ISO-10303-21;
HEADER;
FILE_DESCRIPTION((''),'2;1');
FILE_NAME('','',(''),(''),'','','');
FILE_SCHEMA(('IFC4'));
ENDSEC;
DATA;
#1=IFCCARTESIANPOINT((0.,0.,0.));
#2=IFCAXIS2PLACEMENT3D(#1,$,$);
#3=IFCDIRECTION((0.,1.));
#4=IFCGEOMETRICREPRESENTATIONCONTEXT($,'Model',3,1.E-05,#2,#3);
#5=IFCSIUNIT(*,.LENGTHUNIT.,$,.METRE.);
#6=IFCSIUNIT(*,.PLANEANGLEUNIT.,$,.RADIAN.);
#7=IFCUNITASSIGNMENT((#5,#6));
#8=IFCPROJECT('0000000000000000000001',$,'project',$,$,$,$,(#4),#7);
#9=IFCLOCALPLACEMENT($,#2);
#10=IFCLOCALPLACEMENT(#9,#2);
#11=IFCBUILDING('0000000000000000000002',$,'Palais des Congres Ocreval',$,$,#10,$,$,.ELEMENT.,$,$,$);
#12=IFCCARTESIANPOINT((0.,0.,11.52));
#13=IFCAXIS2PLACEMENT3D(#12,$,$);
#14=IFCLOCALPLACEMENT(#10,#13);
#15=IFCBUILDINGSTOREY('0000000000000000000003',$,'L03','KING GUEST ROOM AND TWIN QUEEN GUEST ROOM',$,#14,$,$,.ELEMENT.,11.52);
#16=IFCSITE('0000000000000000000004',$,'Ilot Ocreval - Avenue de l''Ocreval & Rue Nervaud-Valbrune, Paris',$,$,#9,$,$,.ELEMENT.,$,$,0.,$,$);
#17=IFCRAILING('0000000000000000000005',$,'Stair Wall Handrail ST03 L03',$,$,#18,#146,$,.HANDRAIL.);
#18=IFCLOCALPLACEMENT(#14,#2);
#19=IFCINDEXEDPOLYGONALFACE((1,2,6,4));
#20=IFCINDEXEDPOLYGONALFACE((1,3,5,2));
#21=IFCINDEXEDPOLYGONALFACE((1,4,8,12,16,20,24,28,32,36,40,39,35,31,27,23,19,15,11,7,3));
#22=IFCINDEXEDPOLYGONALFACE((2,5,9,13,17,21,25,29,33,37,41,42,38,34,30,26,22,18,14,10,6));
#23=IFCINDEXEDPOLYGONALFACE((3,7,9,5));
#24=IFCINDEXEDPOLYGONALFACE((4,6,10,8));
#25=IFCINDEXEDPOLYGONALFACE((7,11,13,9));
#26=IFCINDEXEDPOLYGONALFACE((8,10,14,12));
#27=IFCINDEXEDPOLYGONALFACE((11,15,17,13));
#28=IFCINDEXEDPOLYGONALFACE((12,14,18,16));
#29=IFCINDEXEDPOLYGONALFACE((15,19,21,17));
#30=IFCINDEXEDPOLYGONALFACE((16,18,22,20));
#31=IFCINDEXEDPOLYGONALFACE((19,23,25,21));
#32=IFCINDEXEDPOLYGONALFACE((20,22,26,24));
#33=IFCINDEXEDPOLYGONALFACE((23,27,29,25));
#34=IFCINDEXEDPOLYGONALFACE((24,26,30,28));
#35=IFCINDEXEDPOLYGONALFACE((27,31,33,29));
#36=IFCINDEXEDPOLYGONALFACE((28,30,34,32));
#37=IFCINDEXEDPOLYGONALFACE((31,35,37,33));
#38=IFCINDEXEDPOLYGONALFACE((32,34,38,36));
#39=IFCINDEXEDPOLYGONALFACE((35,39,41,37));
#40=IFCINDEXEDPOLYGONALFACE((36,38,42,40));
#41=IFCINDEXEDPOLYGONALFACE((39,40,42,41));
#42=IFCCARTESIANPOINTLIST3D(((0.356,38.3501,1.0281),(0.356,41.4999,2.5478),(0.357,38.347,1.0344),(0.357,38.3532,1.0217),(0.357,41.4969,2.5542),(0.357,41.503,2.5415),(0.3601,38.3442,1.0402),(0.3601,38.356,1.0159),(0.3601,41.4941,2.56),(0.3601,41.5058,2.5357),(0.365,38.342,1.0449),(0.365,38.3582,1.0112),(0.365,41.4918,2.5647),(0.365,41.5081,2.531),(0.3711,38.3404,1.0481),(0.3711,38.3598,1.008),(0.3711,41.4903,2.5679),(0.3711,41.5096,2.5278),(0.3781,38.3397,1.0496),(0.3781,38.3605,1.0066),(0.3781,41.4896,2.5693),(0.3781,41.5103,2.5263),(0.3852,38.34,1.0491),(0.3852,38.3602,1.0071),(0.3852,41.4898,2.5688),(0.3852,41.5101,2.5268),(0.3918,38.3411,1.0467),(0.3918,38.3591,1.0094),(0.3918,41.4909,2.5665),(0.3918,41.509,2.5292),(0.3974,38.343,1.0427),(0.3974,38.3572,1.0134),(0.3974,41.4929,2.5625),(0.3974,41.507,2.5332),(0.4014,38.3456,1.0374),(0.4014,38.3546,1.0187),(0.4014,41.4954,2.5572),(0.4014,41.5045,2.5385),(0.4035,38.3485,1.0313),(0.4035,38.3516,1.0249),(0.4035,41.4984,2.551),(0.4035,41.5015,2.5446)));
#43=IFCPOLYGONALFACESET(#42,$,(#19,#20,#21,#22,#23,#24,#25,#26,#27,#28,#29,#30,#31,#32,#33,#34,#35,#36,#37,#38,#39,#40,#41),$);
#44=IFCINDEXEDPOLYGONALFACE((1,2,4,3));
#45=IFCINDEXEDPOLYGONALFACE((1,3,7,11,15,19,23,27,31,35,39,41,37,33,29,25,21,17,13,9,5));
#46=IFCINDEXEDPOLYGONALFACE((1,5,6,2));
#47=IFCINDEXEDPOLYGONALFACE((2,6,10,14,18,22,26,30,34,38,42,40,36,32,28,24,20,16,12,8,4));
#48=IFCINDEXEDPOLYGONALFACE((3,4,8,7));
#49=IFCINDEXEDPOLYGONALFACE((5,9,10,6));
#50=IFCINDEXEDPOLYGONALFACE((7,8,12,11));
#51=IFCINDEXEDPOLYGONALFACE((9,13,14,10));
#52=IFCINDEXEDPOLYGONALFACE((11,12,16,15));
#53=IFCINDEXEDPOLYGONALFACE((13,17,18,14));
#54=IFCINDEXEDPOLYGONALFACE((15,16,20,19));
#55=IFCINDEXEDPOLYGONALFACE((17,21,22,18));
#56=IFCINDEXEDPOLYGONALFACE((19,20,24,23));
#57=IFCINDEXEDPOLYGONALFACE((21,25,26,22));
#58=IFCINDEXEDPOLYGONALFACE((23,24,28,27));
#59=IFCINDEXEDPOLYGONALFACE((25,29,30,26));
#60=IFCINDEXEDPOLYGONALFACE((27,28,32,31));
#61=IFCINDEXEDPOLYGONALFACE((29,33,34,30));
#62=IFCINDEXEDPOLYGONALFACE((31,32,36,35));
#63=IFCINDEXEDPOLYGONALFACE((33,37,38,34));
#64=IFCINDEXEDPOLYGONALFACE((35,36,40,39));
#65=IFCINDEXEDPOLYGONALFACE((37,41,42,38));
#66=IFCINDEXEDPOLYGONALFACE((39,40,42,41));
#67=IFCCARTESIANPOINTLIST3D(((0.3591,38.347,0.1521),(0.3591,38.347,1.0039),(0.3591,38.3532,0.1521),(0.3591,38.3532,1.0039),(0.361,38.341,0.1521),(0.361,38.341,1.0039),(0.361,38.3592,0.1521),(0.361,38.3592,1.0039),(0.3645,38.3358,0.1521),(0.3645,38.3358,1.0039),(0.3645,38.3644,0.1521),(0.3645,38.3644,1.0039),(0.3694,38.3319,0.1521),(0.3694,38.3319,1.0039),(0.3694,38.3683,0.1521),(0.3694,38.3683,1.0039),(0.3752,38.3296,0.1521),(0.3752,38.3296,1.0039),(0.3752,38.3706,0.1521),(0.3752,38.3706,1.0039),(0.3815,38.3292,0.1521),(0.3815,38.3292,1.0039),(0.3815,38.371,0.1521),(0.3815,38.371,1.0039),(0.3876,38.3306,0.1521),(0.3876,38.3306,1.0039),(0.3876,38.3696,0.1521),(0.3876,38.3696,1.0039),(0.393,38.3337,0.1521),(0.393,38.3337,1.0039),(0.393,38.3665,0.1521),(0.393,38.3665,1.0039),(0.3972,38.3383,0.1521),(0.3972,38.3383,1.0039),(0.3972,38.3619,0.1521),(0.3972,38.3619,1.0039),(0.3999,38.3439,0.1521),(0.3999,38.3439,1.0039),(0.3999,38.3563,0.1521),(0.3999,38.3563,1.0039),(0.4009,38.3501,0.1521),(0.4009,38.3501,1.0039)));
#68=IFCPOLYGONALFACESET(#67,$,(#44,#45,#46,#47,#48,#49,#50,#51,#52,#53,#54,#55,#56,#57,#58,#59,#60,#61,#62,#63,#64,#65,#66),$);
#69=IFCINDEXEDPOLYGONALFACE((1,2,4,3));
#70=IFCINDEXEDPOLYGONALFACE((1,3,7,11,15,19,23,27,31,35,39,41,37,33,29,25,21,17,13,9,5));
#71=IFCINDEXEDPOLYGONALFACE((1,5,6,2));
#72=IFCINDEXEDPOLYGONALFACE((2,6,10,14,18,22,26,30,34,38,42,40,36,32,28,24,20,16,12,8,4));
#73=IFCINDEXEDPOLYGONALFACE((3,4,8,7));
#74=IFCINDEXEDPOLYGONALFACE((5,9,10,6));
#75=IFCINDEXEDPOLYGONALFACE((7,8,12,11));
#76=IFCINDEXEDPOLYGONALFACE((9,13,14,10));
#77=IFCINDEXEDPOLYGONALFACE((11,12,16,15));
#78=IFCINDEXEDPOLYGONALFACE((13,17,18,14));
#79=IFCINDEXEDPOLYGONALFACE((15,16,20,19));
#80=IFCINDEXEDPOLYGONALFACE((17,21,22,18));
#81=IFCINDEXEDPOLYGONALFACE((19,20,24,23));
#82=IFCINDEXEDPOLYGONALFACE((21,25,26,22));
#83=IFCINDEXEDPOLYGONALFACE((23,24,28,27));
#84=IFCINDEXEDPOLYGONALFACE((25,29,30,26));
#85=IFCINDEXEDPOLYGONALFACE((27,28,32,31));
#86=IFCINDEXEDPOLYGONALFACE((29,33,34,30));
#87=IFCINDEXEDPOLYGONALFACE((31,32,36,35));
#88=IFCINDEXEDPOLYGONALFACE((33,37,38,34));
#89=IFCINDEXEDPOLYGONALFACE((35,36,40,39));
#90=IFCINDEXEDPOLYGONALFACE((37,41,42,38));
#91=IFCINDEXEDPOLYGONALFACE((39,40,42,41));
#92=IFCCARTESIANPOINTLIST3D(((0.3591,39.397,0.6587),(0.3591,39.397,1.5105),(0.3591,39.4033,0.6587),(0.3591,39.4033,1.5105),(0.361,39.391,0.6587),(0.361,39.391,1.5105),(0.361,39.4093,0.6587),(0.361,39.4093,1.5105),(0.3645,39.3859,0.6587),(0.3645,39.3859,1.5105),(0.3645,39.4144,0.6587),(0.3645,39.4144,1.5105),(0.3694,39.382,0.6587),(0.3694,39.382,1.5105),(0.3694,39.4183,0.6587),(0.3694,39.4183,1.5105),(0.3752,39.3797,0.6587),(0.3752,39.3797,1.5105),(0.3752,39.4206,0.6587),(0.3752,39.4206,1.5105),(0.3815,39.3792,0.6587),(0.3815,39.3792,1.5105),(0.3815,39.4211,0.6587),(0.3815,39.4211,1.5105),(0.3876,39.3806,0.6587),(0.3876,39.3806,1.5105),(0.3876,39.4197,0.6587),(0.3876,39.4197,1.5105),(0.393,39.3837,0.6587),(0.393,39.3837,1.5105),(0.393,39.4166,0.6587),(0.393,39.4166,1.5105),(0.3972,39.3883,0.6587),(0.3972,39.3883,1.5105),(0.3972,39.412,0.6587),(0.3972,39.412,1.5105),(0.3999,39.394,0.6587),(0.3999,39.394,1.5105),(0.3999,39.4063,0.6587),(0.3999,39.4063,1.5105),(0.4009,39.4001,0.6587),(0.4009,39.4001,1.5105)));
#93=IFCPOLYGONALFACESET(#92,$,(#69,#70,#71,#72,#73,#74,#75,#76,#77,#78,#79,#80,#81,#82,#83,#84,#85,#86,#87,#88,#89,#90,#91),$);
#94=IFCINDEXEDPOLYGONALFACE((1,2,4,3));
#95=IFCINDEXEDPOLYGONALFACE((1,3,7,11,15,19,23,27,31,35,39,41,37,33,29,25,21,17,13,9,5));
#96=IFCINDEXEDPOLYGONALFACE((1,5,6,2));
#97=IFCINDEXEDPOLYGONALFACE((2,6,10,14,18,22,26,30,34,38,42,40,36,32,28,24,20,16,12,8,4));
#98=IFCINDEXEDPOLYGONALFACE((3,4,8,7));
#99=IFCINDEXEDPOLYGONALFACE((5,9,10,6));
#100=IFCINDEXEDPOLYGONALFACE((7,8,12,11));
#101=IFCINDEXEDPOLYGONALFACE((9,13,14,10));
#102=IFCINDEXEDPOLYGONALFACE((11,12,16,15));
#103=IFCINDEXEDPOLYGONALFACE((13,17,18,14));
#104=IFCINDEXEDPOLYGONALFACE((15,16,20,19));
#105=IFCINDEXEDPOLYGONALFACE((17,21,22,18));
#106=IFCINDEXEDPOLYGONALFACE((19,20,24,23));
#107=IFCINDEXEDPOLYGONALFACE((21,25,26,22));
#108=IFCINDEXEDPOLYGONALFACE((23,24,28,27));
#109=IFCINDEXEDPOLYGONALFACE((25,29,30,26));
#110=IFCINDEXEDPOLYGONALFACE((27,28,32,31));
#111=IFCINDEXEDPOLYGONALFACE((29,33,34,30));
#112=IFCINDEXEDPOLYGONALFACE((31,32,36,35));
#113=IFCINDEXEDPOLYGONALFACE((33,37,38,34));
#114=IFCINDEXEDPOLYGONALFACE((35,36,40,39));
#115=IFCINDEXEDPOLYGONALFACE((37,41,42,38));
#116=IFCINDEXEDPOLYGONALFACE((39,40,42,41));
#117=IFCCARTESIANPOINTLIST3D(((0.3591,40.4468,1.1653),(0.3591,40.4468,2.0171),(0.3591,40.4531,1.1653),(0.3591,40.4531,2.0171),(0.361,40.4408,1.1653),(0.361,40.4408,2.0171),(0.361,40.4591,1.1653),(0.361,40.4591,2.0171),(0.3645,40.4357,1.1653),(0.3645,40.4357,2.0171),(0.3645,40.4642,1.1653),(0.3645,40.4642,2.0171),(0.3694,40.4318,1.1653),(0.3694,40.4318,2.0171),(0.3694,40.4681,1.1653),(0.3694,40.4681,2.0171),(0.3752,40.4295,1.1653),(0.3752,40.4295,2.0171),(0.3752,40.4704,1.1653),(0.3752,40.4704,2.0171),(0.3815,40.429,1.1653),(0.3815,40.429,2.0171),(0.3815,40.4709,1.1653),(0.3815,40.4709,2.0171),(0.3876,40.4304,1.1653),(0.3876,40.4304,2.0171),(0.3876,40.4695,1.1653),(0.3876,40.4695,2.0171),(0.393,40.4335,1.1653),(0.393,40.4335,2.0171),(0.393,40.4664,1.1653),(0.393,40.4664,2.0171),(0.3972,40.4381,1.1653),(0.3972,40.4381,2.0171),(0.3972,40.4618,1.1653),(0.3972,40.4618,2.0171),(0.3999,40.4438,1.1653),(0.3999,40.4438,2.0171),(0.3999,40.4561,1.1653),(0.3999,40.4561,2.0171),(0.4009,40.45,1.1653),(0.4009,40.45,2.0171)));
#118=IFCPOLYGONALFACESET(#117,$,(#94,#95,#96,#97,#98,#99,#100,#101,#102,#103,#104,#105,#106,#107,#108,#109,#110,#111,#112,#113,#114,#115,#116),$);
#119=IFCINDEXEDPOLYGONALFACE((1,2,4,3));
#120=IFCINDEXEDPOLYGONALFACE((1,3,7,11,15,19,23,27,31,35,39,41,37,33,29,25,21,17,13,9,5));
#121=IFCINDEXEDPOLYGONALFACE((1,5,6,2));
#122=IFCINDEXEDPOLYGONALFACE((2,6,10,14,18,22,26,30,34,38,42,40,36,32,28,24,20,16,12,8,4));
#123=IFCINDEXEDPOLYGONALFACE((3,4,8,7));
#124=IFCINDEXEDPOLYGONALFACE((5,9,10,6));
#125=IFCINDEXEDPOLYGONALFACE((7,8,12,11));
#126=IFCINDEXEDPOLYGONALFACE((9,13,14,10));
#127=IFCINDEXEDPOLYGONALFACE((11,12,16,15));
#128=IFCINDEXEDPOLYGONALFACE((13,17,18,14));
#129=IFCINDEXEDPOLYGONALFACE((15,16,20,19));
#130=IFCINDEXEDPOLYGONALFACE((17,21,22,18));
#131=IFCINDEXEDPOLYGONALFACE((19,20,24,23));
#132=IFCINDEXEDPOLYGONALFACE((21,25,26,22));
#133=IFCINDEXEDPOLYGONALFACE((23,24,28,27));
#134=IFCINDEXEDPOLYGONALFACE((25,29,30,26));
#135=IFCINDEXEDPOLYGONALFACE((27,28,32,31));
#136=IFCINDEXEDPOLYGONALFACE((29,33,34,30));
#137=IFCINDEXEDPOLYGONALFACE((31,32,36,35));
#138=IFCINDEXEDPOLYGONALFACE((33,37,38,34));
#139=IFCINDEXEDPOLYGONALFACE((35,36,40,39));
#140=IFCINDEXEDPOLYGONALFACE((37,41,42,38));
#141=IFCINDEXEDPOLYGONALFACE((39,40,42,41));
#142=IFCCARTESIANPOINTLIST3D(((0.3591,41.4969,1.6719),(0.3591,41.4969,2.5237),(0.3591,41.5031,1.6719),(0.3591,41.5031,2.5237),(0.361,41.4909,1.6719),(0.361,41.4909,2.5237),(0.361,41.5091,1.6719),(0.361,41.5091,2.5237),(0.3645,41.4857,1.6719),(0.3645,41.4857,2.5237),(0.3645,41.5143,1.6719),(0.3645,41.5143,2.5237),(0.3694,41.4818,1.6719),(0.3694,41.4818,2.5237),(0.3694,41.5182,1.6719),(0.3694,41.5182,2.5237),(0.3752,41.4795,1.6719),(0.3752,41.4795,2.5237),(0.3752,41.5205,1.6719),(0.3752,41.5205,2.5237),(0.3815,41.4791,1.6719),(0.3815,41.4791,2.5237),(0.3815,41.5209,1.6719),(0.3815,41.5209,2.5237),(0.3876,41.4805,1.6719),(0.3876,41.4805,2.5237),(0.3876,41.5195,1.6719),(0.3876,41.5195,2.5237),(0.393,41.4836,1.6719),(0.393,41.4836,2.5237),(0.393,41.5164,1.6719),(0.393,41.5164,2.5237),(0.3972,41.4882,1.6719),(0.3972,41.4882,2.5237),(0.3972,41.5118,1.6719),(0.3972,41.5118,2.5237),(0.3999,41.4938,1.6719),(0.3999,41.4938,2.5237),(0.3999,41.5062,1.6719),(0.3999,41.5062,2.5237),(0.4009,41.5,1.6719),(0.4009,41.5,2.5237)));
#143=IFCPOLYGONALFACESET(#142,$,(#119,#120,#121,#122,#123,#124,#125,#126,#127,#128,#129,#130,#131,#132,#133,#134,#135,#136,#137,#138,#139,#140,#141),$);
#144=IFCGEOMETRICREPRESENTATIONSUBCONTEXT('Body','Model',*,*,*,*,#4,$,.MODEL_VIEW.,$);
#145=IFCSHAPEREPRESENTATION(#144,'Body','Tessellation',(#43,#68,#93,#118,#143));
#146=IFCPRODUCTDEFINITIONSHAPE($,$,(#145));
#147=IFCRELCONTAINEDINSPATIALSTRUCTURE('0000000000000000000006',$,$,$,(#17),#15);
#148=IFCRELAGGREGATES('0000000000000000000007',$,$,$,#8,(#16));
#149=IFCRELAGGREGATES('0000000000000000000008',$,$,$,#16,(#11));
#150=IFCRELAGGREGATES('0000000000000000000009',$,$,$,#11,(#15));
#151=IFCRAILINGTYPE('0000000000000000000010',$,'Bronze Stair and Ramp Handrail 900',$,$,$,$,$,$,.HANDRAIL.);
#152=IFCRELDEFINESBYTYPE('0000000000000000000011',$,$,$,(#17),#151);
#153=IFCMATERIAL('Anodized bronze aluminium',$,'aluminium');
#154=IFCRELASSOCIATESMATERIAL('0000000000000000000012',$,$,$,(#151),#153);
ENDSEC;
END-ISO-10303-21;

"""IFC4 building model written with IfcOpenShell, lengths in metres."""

from ifc_helpers import new_model, si_unit, direction, frame, origin, origin_2d, place, context, subcontext, project, spatial, circle, extrude, material, type_object, element, save


model = new_model("IFC4")

# Units and contexts
model_context = context("Model", 3, precision=1e-05, world=origin(), true_north=direction((0.0, 1.0)))
body_context = subcontext(model_context, "Body", "Model", "MODEL_VIEW")
ifc_project = project(units=[si_unit("LENGTHUNIT", "METRE"), si_unit("PLANEANGLEUNIT", "RADIAN")], contexts=[model_context])

# Site, building, storey
site_placement = place(None, origin())
site = spatial("IfcSite", under=ifc_project, at=site_placement, Name="Ilot Ocreval - Avenue de l'Ocreval & Rue Nervaud-Valbrune, Paris", CompositionType="ELEMENT", RefElevation=0.0)
building_placement = place(site_placement, origin())
building = spatial("IfcBuilding", under=site, at=building_placement, Name="Palais des Congres Ocreval", CompositionType="ELEMENT")
storey_placement = place(building_placement, frame((0.0, 0.0, 11.52)))
storey = spatial("IfcBuildingStorey", under=building, at=storey_placement, Name="L03", Description="KING GUEST ROOM AND TWIN QUEEN GUEST ROOM", CompositionType="ELEMENT", Elevation=11.52)

# Railing
ifc_material_1 = material(Name="Anodized bronze aluminium", Category="aluminium")
railing_type_1 = type_object("IfcRailingType", Name="Bronze Stair and Ramp Handrail 900", PredefinedType="HANDRAIL", material=ifc_material_1)
railing_1_placement = place(storey_placement, frame((0.3799, 38.3501, 0.1521)))
element("IfcRailing", 1, at=railing_1_placement, inside=storey, type_object=railing_type_1, Name="Stair Wall Handrail ST03 L03", PredefinedType="HANDRAIL", context=body_context, shape_type="SweptSolid", body=[
    extrude(circle(Radius=0.0239, at=origin_2d()), frame((0.0, 0.0, 0.876), z_axis=(0.0, 0.900649, 0.434548), x_axis=(-1.0, 0.0, 0.0)), (0.0, 0.0, 1.0), 3.4973),
    extrude(circle(Radius=0.021, at=origin_2d()), origin(), (0.0, 0.0, 1.0), 0.8518),
    extrude(circle(Radius=0.021, at=origin_2d()), frame((0.0, 1.05, 0.5066)), (0.0, 0.0, 1.0), 0.8518),
    extrude(circle(Radius=0.021, at=origin_2d()), frame((0.0, 2.0999, 1.0132)), (0.0, 0.0, 1.0), 0.8518),
    extrude(circle(Radius=0.021, at=origin_2d()), frame((0.0, 3.1499, 1.5198)), (0.0, 0.0, 1.0), 0.8518),
])

save(model, "model.ifc")
